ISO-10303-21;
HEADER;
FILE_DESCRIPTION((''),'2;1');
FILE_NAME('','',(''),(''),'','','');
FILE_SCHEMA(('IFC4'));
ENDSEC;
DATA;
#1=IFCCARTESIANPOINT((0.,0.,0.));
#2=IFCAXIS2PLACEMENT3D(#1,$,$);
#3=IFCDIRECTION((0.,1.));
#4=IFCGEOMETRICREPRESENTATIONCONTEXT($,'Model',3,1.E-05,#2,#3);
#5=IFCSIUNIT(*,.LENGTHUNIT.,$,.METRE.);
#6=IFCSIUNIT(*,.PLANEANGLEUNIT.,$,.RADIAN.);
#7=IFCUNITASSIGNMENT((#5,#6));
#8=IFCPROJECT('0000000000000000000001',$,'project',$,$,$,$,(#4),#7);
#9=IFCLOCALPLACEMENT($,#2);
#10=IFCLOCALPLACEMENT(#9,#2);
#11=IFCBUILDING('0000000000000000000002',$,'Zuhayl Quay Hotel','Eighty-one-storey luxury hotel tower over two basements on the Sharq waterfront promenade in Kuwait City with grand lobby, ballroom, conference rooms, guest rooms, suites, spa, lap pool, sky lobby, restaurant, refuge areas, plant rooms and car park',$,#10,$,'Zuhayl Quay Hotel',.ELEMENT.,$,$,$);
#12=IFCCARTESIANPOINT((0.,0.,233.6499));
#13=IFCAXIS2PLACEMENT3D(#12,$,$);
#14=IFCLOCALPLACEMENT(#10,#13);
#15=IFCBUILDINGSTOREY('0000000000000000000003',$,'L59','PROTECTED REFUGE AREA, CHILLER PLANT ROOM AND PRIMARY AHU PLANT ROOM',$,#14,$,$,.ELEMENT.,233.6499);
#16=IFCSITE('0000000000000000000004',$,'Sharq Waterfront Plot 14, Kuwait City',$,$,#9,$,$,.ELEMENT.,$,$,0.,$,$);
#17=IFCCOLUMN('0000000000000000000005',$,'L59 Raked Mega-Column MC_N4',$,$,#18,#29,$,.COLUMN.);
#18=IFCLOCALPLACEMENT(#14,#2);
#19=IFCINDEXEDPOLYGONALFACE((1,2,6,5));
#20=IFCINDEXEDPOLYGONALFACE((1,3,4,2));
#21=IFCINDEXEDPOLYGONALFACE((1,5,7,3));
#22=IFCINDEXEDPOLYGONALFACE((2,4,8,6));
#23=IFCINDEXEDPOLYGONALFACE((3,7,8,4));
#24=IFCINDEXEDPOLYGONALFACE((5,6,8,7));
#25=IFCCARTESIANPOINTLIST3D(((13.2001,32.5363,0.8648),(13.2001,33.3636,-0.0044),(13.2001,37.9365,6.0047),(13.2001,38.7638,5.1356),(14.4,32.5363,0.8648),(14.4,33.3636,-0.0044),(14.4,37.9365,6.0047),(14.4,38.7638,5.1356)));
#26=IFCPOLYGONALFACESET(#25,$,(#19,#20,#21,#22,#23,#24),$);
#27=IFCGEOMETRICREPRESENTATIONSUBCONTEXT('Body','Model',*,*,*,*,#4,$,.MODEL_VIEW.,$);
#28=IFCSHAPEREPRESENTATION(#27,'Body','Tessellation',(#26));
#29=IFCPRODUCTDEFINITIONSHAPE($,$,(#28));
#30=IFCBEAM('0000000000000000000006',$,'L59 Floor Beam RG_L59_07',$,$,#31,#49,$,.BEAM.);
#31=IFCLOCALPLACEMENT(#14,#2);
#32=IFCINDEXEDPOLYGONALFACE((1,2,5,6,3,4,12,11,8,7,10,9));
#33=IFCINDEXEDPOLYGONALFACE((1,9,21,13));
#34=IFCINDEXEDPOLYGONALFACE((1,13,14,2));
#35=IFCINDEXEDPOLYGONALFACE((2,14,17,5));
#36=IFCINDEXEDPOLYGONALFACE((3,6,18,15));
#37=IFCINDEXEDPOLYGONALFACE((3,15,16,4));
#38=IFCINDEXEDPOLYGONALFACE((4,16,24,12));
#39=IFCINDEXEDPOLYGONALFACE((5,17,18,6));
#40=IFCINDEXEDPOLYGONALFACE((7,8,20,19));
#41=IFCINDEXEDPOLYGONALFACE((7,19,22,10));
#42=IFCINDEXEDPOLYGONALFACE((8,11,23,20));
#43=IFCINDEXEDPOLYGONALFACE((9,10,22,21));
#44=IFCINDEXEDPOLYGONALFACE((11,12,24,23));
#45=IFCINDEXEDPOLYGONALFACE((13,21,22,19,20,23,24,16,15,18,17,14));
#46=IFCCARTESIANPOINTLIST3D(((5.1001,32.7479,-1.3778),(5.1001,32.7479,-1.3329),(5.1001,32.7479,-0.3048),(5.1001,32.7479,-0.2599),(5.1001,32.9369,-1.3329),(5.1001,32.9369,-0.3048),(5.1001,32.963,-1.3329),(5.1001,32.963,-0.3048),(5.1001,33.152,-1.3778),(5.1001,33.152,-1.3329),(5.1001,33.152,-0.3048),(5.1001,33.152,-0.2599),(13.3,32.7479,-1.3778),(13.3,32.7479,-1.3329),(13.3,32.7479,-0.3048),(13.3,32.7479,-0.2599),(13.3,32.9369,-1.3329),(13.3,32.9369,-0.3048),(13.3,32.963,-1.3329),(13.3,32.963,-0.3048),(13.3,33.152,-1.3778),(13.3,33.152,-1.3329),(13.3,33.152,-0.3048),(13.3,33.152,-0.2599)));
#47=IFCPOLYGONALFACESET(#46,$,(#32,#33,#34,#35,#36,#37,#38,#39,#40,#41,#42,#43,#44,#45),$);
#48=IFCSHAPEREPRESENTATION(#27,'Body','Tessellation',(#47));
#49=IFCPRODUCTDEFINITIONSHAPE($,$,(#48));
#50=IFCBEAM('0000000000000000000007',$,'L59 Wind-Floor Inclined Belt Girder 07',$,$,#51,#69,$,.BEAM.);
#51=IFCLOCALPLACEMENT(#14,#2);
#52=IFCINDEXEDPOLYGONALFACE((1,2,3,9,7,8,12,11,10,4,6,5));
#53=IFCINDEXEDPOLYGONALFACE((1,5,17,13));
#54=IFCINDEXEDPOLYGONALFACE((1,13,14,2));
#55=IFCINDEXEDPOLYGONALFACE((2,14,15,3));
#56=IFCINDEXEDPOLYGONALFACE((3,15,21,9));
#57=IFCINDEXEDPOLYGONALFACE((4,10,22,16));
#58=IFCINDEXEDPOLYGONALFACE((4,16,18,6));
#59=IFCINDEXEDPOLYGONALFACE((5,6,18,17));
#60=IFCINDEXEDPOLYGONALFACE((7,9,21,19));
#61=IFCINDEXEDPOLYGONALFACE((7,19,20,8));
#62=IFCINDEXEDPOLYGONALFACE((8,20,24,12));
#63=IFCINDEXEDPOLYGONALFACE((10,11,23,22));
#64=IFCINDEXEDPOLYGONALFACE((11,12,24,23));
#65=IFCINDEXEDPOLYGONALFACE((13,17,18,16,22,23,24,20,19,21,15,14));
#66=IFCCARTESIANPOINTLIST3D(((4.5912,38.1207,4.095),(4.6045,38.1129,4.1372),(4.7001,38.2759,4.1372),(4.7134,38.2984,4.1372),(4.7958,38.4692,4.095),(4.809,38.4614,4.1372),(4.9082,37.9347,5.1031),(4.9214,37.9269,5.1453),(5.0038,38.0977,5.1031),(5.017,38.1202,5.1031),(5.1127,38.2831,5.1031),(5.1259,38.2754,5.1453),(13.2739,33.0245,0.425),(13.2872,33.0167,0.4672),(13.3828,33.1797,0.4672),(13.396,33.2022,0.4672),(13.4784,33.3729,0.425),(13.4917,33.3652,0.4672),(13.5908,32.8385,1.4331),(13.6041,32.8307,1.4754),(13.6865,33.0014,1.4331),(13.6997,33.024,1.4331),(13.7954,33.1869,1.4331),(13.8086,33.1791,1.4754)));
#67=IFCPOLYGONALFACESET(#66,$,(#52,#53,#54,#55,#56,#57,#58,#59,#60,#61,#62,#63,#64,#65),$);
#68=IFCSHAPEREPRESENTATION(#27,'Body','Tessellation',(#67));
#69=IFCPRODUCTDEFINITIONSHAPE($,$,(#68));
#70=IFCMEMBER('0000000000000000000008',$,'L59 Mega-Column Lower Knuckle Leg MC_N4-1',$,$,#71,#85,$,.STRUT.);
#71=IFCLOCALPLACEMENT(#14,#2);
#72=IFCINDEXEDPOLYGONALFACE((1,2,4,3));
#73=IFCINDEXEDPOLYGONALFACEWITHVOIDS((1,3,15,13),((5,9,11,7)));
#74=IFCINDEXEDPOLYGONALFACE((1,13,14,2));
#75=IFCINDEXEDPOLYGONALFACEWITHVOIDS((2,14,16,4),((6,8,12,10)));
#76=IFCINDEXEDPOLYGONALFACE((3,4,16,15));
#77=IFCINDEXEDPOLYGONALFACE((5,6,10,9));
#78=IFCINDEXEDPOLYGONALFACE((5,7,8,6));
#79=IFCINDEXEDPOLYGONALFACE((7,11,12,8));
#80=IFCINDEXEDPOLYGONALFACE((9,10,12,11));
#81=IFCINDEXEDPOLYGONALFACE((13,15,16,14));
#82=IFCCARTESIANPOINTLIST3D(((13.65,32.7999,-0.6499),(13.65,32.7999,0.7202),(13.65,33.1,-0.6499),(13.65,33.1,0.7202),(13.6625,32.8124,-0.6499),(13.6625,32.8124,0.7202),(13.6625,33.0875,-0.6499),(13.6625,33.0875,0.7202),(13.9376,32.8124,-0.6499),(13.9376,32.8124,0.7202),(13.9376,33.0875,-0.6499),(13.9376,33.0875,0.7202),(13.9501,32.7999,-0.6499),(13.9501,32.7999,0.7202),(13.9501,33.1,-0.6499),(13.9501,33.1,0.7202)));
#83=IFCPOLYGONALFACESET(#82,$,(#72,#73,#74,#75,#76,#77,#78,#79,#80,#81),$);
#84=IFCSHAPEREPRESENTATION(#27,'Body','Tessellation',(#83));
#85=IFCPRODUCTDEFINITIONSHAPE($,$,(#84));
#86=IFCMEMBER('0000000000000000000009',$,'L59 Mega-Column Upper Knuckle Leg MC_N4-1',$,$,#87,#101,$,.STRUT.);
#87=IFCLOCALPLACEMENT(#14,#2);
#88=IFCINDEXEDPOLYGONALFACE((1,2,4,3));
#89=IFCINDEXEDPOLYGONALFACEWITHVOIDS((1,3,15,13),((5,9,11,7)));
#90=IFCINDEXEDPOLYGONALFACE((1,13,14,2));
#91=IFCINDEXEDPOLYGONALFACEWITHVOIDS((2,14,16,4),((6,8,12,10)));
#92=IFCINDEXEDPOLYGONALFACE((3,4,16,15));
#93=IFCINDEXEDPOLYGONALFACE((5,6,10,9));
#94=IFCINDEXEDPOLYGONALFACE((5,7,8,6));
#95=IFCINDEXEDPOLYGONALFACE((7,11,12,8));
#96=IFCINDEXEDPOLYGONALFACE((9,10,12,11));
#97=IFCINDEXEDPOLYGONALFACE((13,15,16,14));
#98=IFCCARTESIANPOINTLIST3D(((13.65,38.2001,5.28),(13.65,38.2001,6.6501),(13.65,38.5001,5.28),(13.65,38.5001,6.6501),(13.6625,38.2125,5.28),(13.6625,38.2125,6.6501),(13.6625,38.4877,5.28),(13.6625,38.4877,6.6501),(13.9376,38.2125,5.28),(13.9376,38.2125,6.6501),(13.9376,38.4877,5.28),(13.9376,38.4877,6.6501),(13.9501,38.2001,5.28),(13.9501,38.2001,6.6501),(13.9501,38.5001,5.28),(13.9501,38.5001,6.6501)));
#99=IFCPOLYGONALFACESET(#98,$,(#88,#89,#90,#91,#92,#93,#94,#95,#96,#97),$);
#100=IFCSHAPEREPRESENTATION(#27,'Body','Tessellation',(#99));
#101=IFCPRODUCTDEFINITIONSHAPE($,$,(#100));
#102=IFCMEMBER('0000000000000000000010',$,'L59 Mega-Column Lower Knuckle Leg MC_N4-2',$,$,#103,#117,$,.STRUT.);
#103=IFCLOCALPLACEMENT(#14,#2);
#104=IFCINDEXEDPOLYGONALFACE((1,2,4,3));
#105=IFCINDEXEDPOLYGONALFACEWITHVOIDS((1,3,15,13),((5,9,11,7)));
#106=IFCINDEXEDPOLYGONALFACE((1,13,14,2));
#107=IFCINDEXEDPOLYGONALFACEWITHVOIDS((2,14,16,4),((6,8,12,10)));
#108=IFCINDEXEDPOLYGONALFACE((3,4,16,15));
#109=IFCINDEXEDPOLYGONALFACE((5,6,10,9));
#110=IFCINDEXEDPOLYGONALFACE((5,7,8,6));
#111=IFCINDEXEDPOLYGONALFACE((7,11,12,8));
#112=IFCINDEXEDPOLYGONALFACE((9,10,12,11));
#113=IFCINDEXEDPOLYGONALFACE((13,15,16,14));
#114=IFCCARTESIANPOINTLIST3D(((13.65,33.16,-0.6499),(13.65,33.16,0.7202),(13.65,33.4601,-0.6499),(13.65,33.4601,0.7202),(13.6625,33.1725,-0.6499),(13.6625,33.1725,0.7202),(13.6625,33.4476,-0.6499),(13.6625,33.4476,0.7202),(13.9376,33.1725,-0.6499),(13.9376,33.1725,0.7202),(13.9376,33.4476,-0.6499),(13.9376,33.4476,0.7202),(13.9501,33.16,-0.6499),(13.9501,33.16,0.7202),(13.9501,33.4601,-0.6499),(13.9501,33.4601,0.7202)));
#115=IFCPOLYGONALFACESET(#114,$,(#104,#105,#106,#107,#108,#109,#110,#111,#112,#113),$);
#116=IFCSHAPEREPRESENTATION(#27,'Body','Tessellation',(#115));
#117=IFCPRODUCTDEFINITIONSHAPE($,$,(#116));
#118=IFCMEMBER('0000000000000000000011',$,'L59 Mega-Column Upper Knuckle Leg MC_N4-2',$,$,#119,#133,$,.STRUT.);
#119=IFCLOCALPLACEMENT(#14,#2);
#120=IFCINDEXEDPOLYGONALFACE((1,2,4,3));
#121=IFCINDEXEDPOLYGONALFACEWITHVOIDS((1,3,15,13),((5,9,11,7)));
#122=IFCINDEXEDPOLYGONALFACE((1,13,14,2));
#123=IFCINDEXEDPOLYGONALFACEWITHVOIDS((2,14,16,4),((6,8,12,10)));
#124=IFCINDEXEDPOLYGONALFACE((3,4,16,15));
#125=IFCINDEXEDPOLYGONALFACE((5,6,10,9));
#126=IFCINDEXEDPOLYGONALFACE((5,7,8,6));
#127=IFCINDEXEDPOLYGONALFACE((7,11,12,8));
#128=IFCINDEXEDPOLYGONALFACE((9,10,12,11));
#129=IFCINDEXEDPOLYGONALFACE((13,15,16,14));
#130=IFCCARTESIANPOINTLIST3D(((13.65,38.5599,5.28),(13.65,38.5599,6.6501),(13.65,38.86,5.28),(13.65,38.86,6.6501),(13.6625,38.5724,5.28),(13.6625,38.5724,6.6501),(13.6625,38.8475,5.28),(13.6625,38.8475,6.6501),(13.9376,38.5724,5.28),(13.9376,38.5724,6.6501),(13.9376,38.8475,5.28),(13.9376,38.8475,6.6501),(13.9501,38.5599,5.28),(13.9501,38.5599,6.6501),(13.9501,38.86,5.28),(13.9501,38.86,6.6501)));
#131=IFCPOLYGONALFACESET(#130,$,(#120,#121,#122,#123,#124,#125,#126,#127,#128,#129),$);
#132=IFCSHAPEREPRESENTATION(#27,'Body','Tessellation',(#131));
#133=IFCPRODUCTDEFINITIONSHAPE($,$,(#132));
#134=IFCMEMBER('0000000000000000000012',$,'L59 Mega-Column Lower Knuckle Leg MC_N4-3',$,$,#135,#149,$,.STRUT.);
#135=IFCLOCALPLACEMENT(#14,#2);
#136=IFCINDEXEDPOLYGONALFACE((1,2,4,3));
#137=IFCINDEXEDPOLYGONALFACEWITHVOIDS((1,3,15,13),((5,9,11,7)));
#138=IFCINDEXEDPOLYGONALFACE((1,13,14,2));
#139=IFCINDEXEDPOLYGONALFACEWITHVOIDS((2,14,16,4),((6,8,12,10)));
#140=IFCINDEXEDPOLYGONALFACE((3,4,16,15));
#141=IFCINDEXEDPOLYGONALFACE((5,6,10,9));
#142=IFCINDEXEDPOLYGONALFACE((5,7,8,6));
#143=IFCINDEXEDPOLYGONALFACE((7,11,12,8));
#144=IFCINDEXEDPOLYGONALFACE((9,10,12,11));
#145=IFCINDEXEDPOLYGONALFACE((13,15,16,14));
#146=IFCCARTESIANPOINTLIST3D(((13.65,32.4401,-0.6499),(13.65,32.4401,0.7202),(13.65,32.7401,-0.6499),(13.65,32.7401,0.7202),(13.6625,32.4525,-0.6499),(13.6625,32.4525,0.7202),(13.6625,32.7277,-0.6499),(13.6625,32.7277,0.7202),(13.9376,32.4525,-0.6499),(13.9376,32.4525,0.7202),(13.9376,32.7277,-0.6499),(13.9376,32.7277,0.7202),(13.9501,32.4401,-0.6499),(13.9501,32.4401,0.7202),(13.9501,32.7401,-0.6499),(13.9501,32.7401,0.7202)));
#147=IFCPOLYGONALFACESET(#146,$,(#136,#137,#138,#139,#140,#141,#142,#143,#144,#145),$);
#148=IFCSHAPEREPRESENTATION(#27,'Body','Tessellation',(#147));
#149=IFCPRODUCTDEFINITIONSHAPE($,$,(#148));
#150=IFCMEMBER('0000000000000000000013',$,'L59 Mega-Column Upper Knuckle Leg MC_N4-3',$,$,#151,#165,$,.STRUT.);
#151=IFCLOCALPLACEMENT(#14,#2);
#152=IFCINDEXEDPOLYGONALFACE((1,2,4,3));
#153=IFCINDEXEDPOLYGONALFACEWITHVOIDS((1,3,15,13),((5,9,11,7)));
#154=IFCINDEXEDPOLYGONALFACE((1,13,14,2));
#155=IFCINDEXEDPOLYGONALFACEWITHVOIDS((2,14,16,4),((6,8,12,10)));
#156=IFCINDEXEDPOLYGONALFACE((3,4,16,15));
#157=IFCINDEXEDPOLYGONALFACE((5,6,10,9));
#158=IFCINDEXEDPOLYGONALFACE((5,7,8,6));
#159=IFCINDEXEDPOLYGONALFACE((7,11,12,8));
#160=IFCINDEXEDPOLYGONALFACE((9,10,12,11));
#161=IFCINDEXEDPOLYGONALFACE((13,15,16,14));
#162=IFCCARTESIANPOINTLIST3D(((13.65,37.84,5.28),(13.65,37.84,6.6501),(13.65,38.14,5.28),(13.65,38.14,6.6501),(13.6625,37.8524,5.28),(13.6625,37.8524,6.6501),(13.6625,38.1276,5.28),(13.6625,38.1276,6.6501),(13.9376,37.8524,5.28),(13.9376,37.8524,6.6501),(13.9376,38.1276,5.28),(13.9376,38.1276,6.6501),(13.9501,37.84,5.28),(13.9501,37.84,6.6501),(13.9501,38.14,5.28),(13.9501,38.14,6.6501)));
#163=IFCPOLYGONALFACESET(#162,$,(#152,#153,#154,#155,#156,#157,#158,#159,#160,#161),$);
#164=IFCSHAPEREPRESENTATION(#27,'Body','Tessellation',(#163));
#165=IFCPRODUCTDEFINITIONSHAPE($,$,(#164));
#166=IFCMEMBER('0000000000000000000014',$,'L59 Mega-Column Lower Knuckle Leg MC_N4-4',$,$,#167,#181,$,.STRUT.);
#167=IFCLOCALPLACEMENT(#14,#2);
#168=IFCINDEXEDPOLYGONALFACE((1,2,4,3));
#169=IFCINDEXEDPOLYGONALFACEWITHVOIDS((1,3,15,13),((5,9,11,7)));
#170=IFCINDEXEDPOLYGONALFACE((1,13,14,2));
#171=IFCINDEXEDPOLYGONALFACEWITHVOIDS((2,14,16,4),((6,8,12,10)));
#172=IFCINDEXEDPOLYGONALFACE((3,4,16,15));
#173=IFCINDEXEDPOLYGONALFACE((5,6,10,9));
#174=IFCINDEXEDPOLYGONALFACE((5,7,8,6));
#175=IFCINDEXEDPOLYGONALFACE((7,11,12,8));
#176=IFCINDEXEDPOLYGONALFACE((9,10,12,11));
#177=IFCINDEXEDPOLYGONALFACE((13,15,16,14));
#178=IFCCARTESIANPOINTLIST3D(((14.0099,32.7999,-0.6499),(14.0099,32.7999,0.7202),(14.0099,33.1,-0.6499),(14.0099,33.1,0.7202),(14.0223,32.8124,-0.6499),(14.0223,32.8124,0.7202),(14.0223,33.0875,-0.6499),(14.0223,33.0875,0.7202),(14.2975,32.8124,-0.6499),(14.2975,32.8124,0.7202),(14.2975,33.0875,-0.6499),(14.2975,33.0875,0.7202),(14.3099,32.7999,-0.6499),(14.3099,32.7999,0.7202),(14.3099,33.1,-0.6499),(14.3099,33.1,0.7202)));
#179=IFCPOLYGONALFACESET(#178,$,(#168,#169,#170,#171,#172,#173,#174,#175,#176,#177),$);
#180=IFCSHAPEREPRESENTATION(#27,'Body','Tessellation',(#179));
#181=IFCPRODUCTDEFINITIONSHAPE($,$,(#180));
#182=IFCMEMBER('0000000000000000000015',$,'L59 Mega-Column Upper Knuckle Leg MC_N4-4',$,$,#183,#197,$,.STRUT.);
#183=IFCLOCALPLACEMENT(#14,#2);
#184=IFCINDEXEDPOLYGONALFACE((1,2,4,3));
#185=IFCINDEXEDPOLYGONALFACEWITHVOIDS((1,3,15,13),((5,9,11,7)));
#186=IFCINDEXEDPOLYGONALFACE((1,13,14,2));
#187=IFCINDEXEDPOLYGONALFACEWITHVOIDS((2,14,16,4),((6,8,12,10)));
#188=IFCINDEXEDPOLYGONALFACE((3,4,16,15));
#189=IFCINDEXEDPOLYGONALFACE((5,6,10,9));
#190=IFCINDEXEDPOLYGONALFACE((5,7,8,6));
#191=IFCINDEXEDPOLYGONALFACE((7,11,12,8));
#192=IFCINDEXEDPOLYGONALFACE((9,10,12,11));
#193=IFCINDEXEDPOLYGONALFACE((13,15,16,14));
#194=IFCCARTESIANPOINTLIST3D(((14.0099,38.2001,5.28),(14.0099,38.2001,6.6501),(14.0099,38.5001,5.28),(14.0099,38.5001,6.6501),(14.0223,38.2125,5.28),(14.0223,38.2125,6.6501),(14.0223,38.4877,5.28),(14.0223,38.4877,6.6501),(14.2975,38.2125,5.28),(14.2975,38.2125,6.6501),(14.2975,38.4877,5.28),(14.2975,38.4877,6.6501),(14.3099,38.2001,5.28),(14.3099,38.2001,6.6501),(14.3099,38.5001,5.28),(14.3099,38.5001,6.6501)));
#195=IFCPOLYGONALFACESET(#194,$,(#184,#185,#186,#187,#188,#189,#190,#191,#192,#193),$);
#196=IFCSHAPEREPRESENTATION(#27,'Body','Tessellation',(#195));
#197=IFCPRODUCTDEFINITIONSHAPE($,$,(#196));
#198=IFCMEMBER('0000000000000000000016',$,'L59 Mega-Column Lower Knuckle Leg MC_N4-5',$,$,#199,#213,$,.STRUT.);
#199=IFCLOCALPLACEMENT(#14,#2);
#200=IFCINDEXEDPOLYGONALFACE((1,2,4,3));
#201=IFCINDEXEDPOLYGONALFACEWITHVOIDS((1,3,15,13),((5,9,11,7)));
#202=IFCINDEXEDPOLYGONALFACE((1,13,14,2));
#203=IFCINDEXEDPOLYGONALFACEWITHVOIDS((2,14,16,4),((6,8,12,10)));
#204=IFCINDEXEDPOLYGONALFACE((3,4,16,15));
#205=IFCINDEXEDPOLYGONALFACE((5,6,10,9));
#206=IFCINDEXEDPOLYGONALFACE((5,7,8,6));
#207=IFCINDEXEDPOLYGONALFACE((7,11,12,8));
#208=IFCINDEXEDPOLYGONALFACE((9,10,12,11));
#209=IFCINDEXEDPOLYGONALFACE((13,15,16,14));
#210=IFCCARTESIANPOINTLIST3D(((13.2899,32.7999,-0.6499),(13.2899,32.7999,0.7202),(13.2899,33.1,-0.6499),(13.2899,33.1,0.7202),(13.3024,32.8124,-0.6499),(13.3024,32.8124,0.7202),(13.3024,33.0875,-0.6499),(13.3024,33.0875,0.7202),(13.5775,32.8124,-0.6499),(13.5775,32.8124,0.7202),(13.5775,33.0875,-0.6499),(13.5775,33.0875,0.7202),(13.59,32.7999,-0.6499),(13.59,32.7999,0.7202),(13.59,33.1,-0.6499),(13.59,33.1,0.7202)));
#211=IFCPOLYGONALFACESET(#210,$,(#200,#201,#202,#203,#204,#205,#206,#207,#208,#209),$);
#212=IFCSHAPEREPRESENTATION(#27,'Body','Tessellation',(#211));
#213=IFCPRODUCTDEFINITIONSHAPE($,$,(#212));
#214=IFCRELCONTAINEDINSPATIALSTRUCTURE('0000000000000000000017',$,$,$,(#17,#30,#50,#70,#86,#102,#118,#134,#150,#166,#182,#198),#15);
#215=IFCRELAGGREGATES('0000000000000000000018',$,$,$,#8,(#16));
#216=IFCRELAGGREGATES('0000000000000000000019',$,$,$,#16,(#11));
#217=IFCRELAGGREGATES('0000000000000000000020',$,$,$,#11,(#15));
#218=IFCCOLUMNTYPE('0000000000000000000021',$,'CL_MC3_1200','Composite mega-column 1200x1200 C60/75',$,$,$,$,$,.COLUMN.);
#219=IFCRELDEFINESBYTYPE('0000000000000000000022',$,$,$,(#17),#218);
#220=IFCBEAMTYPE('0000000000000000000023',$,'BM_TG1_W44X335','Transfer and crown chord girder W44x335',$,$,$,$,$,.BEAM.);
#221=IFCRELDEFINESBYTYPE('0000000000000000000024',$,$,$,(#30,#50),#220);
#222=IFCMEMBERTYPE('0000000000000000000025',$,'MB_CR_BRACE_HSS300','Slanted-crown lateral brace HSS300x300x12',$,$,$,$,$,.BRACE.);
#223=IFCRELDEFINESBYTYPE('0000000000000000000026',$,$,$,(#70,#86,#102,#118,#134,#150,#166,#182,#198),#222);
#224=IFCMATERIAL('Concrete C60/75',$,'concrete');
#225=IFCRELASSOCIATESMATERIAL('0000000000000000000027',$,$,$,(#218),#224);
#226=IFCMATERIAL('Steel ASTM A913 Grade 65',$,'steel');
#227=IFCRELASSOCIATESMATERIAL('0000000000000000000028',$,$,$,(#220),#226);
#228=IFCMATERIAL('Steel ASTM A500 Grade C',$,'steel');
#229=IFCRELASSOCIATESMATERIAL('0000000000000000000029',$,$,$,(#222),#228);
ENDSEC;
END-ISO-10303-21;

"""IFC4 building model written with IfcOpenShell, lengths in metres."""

from ifc_helpers import new_model, si_unit, direction, frame, origin, origin_2d, place, context, subcontext, project, spatial, rectangle, hollow_rectangle, i_section, extrude, material, material_profile, profile_set, type_object, element, save


model = new_model("IFC4")

# Units and contexts
model_context = context("Model", 3, precision=1e-05, world=origin(), true_north=direction((0.0, 1.0)))
body_context = subcontext(model_context, "Body", "Model", "MODEL_VIEW")
ifc_project = project(units=[si_unit("LENGTHUNIT", "METRE"), si_unit("PLANEANGLEUNIT", "RADIAN")], contexts=[model_context])

# Site, building, storey
site_placement = place(None, origin())
site = spatial("IfcSite", under=ifc_project, at=site_placement, Name="Sharq Waterfront Plot 14, Kuwait City", CompositionType="ELEMENT", RefElevation=0.0)
building_placement = place(site_placement, origin())
building = spatial("IfcBuilding", under=site, at=building_placement, Name="Zuhayl Quay Hotel", Description="Eighty-one-storey luxury hotel tower over two basements on the Sharq waterfront promenade in Kuwait City with grand lobby, ballroom, conference rooms, guest rooms, suites, spa, lap pool, sky lobby, restaurant, refuge areas, plant rooms and car park", LongName="Zuhayl Quay Hotel", CompositionType="ELEMENT")
storey_placement = place(building_placement, frame((0.0, 0.0, 233.6499)))
storey = spatial("IfcBuildingStorey", under=building, at=storey_placement, Name="L59", Description="PROTECTED REFUGE AREA, CHILLER PLANT ROOM AND PRIMARY AHU PLANT ROOM", CompositionType="ELEMENT", Elevation=233.6499)

# Column
ifc_material_1 = material(Name="Concrete C60/75", Category="concrete")
ifc_material_profile_1 = material_profile(ifc_material_1, rectangle(XDim=1.2, YDim=1.2, at=origin_2d()), Name="RC1200X1200")
ifc_profile_set_1 = profile_set([ifc_material_profile_1], Name="Concrete C60/75")
column_type = type_object("IfcColumnType", Name="CL_MC3_1200", Description="Composite mega-column 1200x1200 C60/75", PredefinedType="COLUMN", material=ifc_profile_set_1)
column_placement = place(storey_placement, frame((13.8, 32.95, 0.4302), z_axis=(0.0, 0.724346, 0.689437), x_axis=(-1.0, 0.0, 0.0)))
element("IfcColumn", 1, at=column_placement, inside=storey, type_object=column_type, Name="L59 Raked Mega-Column MC_N4", PredefinedType="COLUMN", context=body_context, shape_type="SweptSolid", body=[
    extrude(rectangle(XDim=1.2, YDim=1.2, at=origin_2d()), origin(), (0.0, 0.0, 1.0), 7.4553),
])

# Beams
ifc_material_2 = material(Name="Steel ASTM A913 Grade 65", Category="steel")
ifc_material_profile_2 = material_profile(ifc_material_2, i_section(OverallWidth=0.4041, OverallDepth=1.1179, WebThickness=0.0261, FlangeThickness=0.0449, at=origin_2d()), Name="W44X335")
ifc_profile_set_2 = profile_set([ifc_material_profile_2], Name="Steel ASTM A913 Grade 65")
beam_type = type_object("IfcBeamType", Name="BM_TG1_W44X335", Description="Transfer and crown chord girder W44x335", PredefinedType="BEAM", material=ifc_profile_set_2)
beam_1_placement = place(storey_placement, frame((13.3, 32.95, -0.8188), z_axis=(-1.0, 0.0, 0.0), x_axis=(0.0, -1.0, 0.0)))
element("IfcBeam", 2, at=beam_1_placement, inside=storey, type_object=beam_type, Name="L59 Floor Beam RG_L59_07", PredefinedType="BEAM", context=body_context, shape_type="SweptSolid", body=[
    extrude(i_section(OverallWidth=0.4041, OverallDepth=1.1179, WebThickness=0.0261, FlangeThickness=0.0449, at=origin_2d()), origin(), (0.0, 0.0, 1.0), 8.2),
])
beam_2_placement = place(storey_placement, frame((13.5413, 33.1018, 0.9502), z_axis=(-0.810267, 0.475579, 0.342479), x_axis=(-0.506191, -0.862421, 0.0)))
element("IfcBeam", 3, at=beam_2_placement, inside=storey, type_object=beam_type, Name="L59 Wind-Floor Inclined Belt Girder 07", PredefinedType="BEAM", context=body_context, shape_type="SweptSolid", body=[
    extrude(i_section(OverallWidth=0.4041, OverallDepth=1.1179, WebThickness=0.0261, FlangeThickness=0.0449, at=origin_2d()), origin(), (0.0, 0.0, 1.0), 10.7158),
])

# Members
ifc_material_3 = material(Name="Steel ASTM A500 Grade C", Category="steel")
ifc_material_profile_3 = material_profile(ifc_material_3, hollow_rectangle(XDim=0.3, YDim=0.3, WallThickness=0.0125, at=origin_2d()), Name="HSS300X300X12")
ifc_profile_set_3 = profile_set([ifc_material_profile_3], Name="Steel ASTM A500 Grade C")
member_type = type_object("IfcMemberType", Name="MB_CR_BRACE_HSS300", Description="Slanted-crown lateral brace HSS300x300x12", PredefinedType="BRACE", material=ifc_profile_set_3)
for number, where, z_axis, x_axis, name in (
    (4, (13.8, 32.95, -0.6499), (0.0, 0.0, 1.0), (1.0, 0.0, 0.0), "L59 Mega-Column Lower Knuckle Leg MC_N4-1"),
    (5, (13.8, 38.3501, 5.28), (0.0, 0.0, 1.0), (1.0, 0.0, 0.0), "L59 Mega-Column Upper Knuckle Leg MC_N4-1"),
    (6, (13.8, 33.3101, -0.6499), (0.0, 0.0, 1.0), (1.0, 0.0, 0.0), "L59 Mega-Column Lower Knuckle Leg MC_N4-2"),
    (7, (13.8, 38.71, 5.28), (0.0, 0.0, 1.0), (1.0, 0.0, 0.0), "L59 Mega-Column Upper Knuckle Leg MC_N4-2"),
    (8, (13.8, 32.5901, -0.6499), (0.0, 0.0, 1.0), (1.0, 0.0, 0.0), "L59 Mega-Column Lower Knuckle Leg MC_N4-3"),
    (9, (13.8, 37.99, 5.28), (0.0, 0.0, 1.0), (1.0, 0.0, 0.0), "L59 Mega-Column Upper Knuckle Leg MC_N4-3"),
    (10, (14.1599, 32.95, -0.6499), (0.0, 0.0, 1.0), (1.0, 0.0, 0.0), "L59 Mega-Column Lower Knuckle Leg MC_N4-4"),
    (11, (14.1599, 38.3501, 5.28), (0.0, 0.0, 1.0), (1.0, 0.0, 0.0), "L59 Mega-Column Upper Knuckle Leg MC_N4-4"),
    (12, (13.4399, 32.95, -0.6499), (0.0, 0.0, 1.0), (1.0, 0.0, 0.0), "L59 Mega-Column Lower Knuckle Leg MC_N4-5"),
):
    element("IfcMember", number, at=place(storey_placement, frame(where, z_axis=z_axis, x_axis=x_axis)), inside=storey, type_object=member_type, Name=name, PredefinedType="STRUT", context=body_context, shape_type="SweptSolid", body=[
        extrude(hollow_rectangle(XDim=0.3, YDim=0.3, WallThickness=0.0125, at=origin_2d()), origin(), (0.0, 0.0, 1.0), 1.3701),
    ])

save(model, "model.ifc")
